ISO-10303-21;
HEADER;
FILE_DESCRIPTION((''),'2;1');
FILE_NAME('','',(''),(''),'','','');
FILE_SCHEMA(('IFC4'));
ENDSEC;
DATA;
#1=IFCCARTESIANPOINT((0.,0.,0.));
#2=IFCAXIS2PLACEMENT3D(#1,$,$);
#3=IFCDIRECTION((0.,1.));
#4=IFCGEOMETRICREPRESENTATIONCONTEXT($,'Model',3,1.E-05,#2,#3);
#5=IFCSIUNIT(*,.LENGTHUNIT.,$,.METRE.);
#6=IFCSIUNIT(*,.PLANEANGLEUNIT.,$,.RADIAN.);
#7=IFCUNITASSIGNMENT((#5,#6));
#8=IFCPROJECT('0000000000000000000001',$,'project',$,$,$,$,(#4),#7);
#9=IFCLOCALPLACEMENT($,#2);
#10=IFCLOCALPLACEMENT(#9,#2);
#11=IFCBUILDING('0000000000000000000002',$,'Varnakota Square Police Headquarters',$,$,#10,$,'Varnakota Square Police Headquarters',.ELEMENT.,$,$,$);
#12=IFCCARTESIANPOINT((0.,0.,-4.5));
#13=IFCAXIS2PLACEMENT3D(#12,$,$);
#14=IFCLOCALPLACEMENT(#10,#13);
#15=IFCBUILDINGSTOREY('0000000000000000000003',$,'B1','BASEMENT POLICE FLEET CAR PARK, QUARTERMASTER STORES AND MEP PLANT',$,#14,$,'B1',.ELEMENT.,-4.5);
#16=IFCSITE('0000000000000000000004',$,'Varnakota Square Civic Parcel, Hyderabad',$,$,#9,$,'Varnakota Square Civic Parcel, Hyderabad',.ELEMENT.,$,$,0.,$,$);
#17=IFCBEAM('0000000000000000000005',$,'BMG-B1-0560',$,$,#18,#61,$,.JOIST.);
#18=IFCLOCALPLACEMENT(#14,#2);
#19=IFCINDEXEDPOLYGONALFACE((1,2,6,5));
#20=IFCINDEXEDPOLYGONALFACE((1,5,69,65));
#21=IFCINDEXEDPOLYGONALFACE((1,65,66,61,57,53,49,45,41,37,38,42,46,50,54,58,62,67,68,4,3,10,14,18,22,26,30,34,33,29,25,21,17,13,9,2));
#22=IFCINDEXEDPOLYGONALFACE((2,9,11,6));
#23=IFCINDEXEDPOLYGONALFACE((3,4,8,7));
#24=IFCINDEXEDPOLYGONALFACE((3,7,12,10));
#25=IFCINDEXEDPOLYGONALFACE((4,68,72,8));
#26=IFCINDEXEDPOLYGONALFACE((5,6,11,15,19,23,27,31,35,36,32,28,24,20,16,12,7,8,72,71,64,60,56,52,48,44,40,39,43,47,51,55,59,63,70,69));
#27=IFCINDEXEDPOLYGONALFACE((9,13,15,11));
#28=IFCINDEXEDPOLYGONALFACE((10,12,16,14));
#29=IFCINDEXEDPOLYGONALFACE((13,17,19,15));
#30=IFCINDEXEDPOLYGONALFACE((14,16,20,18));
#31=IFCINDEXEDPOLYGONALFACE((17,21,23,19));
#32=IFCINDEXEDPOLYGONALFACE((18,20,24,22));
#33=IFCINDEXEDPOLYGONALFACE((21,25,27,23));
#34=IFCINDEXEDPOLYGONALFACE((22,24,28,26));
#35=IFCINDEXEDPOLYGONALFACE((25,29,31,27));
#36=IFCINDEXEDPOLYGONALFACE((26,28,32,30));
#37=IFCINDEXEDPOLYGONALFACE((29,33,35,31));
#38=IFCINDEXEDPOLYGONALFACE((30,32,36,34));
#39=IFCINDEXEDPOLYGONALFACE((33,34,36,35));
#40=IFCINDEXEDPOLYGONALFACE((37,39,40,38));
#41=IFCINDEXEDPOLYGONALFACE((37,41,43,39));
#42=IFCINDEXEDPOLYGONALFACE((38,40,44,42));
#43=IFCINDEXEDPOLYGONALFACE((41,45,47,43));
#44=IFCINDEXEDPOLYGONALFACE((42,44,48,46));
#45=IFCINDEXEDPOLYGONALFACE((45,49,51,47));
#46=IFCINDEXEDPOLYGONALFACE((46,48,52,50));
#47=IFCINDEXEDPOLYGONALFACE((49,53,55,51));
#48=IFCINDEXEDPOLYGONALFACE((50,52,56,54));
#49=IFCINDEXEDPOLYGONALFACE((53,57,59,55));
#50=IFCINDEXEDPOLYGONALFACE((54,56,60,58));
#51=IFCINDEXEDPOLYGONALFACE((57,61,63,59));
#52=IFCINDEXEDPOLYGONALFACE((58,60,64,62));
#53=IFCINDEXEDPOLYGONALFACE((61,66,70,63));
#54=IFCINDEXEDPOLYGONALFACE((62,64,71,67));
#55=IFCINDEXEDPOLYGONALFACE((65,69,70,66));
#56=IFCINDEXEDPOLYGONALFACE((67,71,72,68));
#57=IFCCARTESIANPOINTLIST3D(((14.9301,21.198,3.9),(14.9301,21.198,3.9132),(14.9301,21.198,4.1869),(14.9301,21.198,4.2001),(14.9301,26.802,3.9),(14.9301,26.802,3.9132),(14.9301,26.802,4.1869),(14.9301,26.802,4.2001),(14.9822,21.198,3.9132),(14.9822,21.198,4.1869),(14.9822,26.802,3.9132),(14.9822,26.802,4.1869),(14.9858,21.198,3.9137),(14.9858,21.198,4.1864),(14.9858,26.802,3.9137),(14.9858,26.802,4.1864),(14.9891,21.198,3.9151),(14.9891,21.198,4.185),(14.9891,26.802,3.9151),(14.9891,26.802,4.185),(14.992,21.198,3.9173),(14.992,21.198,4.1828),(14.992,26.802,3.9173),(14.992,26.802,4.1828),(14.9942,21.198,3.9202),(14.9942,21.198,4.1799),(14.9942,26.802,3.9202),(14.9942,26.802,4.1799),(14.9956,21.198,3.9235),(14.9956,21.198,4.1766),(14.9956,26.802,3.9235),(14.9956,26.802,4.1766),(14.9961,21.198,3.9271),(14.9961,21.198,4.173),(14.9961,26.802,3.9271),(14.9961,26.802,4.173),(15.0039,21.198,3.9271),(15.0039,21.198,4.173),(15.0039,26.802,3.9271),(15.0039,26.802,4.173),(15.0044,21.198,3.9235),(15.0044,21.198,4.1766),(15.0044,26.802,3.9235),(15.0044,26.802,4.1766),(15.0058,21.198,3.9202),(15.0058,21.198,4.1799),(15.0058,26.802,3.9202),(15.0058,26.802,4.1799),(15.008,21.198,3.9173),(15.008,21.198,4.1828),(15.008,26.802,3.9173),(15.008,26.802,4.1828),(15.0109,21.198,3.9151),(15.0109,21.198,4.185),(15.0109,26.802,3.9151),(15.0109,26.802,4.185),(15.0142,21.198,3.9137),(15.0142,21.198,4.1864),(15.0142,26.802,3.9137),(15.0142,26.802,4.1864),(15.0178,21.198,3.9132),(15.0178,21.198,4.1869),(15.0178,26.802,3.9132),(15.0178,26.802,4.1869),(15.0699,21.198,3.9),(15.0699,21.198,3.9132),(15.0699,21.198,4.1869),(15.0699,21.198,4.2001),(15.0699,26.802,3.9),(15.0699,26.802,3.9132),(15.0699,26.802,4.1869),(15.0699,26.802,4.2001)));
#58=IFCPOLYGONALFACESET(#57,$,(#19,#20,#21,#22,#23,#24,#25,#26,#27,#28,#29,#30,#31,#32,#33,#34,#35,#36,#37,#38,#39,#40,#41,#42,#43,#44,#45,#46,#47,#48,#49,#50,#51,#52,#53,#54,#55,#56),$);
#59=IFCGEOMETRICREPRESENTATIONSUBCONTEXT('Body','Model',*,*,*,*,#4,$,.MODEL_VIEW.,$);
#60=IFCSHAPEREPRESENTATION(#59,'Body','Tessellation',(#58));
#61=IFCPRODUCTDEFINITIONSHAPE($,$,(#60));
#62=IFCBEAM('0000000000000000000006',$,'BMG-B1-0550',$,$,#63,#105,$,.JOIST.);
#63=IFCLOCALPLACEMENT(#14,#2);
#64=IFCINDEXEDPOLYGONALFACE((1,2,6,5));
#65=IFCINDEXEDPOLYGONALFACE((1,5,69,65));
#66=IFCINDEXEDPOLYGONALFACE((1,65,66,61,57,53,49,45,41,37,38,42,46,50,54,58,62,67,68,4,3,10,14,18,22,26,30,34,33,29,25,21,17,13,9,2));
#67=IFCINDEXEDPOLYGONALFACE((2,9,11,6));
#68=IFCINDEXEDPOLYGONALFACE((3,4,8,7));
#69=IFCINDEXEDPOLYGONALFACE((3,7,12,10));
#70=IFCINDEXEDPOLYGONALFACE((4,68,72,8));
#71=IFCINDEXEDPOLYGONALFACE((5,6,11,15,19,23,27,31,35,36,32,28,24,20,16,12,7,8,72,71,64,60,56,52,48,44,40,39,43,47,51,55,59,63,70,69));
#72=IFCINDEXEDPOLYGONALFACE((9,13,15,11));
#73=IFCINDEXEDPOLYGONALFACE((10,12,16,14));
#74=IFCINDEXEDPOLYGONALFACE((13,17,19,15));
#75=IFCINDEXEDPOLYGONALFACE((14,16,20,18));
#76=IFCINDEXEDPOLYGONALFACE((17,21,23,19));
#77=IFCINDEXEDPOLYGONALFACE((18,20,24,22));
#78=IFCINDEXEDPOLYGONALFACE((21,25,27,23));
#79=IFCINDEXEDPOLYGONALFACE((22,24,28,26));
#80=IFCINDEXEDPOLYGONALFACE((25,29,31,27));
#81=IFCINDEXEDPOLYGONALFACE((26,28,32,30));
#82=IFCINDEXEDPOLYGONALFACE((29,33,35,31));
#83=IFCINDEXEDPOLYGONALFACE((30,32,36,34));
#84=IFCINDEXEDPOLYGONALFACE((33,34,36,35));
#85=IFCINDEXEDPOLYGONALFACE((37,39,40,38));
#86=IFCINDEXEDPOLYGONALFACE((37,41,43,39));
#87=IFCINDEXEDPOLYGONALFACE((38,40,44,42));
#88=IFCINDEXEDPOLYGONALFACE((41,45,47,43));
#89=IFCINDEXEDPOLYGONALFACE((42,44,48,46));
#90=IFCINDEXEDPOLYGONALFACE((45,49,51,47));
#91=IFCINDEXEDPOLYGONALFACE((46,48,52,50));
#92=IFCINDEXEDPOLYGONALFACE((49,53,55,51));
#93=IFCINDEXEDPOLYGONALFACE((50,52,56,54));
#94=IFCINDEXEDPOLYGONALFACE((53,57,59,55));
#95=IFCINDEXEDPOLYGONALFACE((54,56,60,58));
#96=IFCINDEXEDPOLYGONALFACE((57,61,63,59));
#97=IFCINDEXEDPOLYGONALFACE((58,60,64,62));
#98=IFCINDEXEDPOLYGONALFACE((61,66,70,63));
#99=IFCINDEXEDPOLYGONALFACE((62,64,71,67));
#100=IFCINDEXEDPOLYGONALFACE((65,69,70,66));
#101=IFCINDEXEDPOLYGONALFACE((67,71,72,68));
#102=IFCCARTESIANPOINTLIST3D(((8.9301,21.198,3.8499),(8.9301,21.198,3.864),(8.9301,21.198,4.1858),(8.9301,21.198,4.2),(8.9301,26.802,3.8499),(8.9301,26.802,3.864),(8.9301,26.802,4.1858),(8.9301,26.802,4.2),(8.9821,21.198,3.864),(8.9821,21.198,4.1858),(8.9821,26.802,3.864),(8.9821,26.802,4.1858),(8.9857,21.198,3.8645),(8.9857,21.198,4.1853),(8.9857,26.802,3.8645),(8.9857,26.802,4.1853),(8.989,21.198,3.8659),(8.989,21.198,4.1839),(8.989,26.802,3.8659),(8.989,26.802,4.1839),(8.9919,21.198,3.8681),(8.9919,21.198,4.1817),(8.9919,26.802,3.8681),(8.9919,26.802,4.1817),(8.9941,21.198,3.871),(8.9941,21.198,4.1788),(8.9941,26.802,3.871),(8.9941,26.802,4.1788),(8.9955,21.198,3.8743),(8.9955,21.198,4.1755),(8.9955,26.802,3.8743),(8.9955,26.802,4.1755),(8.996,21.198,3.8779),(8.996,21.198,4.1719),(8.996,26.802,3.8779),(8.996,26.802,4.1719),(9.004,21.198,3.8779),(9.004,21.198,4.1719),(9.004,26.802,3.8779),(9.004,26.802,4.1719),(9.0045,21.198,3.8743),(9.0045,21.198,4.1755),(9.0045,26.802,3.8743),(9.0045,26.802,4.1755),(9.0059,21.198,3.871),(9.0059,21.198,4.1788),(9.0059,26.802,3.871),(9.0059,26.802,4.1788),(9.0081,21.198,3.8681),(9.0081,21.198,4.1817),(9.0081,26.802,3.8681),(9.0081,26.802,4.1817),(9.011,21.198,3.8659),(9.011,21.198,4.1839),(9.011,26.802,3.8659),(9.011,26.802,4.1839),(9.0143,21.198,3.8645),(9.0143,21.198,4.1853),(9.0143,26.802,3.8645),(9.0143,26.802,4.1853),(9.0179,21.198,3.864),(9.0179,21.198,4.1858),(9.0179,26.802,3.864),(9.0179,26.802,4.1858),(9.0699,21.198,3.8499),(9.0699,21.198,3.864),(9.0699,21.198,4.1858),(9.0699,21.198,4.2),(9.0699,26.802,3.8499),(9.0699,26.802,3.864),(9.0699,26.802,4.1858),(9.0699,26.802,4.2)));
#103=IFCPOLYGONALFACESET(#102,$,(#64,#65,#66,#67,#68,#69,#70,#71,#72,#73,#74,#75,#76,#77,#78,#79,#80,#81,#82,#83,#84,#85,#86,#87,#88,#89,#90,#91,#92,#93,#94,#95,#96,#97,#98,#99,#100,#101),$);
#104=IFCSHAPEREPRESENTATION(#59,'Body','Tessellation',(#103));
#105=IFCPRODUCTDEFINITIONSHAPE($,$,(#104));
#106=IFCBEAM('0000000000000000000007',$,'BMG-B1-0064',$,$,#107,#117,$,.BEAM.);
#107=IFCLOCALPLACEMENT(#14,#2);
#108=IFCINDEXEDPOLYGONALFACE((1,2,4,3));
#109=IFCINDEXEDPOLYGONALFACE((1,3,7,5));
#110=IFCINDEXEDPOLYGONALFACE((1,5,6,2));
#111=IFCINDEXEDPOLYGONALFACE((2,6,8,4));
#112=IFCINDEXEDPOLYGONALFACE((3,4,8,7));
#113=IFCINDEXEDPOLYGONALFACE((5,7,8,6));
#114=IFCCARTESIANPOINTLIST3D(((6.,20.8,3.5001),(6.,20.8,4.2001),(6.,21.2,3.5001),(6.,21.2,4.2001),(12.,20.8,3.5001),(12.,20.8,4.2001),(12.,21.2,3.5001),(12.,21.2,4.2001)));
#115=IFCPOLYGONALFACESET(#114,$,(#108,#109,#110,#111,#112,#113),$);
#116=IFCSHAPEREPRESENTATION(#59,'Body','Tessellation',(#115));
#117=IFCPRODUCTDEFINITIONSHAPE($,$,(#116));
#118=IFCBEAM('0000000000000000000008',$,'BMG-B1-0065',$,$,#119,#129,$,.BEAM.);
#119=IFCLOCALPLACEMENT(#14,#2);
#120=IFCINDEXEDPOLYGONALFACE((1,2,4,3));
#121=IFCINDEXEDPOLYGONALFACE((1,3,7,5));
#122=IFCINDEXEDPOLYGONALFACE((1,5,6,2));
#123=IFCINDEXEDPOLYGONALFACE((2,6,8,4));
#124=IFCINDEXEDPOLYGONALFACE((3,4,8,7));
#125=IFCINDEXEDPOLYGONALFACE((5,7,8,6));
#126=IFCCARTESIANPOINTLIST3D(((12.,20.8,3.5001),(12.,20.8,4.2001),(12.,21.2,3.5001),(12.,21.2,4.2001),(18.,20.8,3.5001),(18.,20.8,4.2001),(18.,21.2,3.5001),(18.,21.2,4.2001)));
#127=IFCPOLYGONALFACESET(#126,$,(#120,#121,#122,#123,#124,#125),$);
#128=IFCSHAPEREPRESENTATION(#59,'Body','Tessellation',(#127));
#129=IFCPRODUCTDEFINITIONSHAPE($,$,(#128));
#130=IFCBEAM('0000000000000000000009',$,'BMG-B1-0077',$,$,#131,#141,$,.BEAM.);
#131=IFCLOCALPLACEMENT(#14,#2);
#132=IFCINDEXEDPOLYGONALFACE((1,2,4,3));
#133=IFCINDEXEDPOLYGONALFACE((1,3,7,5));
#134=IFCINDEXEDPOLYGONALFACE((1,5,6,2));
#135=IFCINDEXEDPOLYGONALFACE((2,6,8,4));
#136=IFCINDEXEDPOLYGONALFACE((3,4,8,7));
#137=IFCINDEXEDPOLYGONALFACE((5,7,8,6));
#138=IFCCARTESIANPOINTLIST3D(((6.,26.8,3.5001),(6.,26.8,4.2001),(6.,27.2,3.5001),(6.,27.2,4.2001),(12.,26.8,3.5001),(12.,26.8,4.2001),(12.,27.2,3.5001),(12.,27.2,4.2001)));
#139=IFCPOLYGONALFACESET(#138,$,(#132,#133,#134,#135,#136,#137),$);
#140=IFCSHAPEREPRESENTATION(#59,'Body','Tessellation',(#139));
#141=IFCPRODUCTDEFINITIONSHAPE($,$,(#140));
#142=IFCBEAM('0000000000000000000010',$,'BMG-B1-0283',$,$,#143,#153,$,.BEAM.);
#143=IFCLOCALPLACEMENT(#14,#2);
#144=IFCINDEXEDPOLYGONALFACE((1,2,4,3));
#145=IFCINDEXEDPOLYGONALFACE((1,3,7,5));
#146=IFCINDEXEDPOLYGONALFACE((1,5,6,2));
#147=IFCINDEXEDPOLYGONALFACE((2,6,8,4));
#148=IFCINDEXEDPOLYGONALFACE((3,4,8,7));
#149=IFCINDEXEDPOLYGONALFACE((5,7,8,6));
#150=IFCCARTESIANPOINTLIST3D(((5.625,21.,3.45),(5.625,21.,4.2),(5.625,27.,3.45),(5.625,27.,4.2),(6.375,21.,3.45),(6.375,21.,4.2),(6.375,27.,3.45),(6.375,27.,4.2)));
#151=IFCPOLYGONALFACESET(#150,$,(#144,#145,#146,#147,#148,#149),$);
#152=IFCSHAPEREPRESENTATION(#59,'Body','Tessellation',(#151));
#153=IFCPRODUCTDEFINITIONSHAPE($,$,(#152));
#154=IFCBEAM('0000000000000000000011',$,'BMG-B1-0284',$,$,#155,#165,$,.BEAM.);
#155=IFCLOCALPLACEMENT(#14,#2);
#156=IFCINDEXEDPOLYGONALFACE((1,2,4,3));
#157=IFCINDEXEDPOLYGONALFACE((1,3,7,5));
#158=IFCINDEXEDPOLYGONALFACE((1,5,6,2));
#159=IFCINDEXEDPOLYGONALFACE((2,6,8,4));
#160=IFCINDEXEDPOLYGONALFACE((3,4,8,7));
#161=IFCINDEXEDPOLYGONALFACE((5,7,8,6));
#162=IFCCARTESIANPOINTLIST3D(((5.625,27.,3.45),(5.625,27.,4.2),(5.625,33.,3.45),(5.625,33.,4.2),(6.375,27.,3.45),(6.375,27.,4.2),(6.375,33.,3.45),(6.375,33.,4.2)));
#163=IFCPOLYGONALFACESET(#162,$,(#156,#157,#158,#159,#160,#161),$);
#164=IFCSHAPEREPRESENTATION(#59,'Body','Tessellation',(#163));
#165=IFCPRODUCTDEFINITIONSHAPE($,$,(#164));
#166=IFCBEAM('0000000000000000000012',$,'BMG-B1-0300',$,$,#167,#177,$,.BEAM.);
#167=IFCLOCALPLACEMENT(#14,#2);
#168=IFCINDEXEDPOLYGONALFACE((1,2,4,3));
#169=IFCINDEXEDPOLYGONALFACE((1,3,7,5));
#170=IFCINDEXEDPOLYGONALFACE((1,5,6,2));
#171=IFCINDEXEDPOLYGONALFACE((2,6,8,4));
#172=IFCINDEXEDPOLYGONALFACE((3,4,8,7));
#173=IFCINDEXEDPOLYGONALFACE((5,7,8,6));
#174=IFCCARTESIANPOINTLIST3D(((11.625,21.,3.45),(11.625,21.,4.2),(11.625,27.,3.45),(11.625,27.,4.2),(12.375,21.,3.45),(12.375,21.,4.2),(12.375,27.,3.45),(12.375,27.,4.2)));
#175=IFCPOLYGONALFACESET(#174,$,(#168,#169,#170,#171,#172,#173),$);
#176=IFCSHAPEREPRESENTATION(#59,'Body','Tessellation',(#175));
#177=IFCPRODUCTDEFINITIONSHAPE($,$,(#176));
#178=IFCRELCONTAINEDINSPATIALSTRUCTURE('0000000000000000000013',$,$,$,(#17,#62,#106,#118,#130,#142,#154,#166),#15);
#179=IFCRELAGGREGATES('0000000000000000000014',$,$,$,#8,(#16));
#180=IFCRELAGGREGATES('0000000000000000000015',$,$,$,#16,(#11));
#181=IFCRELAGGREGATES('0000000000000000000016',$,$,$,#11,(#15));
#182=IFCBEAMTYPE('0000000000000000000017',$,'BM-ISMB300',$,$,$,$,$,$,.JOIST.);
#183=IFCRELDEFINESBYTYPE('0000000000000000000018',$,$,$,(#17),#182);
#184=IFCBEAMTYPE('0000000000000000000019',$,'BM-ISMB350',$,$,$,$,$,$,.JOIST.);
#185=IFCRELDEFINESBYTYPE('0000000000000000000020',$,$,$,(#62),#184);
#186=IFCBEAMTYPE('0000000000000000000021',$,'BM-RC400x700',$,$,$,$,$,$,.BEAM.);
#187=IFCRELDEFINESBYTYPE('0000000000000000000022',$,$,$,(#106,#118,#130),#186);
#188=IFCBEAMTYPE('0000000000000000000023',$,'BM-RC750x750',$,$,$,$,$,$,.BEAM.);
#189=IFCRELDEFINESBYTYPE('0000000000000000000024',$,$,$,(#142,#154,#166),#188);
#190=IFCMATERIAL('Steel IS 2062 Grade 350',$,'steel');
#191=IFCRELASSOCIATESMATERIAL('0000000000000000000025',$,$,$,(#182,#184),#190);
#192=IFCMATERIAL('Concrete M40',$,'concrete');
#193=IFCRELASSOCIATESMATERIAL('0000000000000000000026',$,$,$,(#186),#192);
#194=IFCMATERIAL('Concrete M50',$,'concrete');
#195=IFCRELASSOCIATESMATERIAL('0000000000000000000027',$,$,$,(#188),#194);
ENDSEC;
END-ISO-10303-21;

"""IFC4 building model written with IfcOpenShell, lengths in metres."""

from ifc_helpers import new_model, si_unit, direction, frame, origin, origin_2d, place, context, subcontext, project, spatial, rectangle, i_section, extrude, material, material_profile, profile_set, type_object, element, save


model = new_model("IFC4")

# Units and contexts
model_context = context("Model", 3, precision=1e-05, world=origin(), true_north=direction((0.0, 1.0)))
body_context = subcontext(model_context, "Body", "Model", "MODEL_VIEW")
ifc_project = project(units=[si_unit("LENGTHUNIT", "METRE"), si_unit("PLANEANGLEUNIT", "RADIAN")], contexts=[model_context])

# Site, building, storey
site_placement = place(None, origin())
site = spatial("IfcSite", under=ifc_project, at=site_placement, Name="Varnakota Square Civic Parcel, Hyderabad", LongName="Varnakota Square Civic Parcel, Hyderabad", CompositionType="ELEMENT", RefElevation=0.0)
building_placement = place(site_placement, origin())
building = spatial("IfcBuilding", under=site, at=building_placement, Name="Varnakota Square Police Headquarters", LongName="Varnakota Square Police Headquarters", CompositionType="ELEMENT")
storey_placement = place(building_placement, frame((0.0, 0.0, -4.5)))
storey = spatial("IfcBuildingStorey", under=building, at=storey_placement, Name="B1", Description="BASEMENT POLICE FLEET CAR PARK, QUARTERMASTER STORES AND MEP PLANT", LongName="B1", CompositionType="ELEMENT", Elevation=-4.5)

# Shared definitions
ifc_material_1 = material(Name="Concrete M50", Category="concrete")

# Beams
ifc_material_2 = material(Name="Steel IS 2062 Grade 350", Category="steel")
ifc_material_profile_1 = material_profile(ifc_material_2, i_section(OverallWidth=0.1399, OverallDepth=0.3, WebThickness=0.0078, FlangeThickness=0.0132, FilletRadius=0.0139, at=origin_2d()), Name="ISMB 300")
ifc_profile_set_1 = profile_set([ifc_material_profile_1], Name="Steel IS 2062 Grade 350")
beam_type_1 = type_object("IfcBeamType", Name="BM-ISMB300", PredefinedType="JOIST", material=ifc_profile_set_1)
beam_1_placement = place(storey_placement, frame((15.0, 21.198, 4.05), z_axis=(0.0, 1.0, 0.0), x_axis=(-1.0, 0.0, 0.0)))
element("IfcBeam", 1, at=beam_1_placement, inside=storey, type_object=beam_type_1, Name="BMG-B1-0560", PredefinedType="JOIST", context=body_context, shape_type="SweptSolid", body=[
    extrude(i_section(OverallWidth=0.1399, OverallDepth=0.3, WebThickness=0.0078, FlangeThickness=0.0132, FilletRadius=0.0139, at=origin_2d()), origin(), (0.0, 0.0, 1.0), 5.604),
])
ifc_material_profile_2 = material_profile(ifc_material_2, i_section(OverallWidth=0.1399, OverallDepth=0.3501, WebThickness=0.0081, FlangeThickness=0.0142, FilletRadius=0.0139, at=origin_2d()), Name="ISMB 350")
ifc_profile_set_2 = profile_set([ifc_material_profile_2], Name="Steel IS 2062 Grade 350")
beam_type_2 = type_object("IfcBeamType", Name="BM-ISMB350", PredefinedType="JOIST", material=ifc_profile_set_2)
beam_2_placement = place(storey_placement, frame((9.0, 21.198, 4.0249), z_axis=(0.0, 1.0, 0.0), x_axis=(-1.0, 0.0, 0.0)))
element("IfcBeam", 2, at=beam_2_placement, inside=storey, type_object=beam_type_2, Name="BMG-B1-0550", PredefinedType="JOIST", context=body_context, shape_type="SweptSolid", body=[
    extrude(i_section(OverallWidth=0.1399, OverallDepth=0.3501, WebThickness=0.0081, FlangeThickness=0.0142, FilletRadius=0.0139, at=origin_2d()), origin(), (0.0, 0.0, 1.0), 5.604),
])
ifc_material_3 = material(Name="Concrete M40", Category="concrete")
ifc_material_profile_3 = material_profile(ifc_material_3, rectangle(XDim=0.3999, YDim=0.7, at=origin_2d()), Name="RC 400x700")
ifc_profile_set_3 = profile_set([ifc_material_profile_3], Name="Concrete M40")
beam_type_3 = type_object("IfcBeamType", Name="BM-RC400x700", PredefinedType="BEAM", material=ifc_profile_set_3)
for number, where, z_axis, x_axis, name in (
    (3, (6.0, 21.0, 3.8501), (1.0, 0.0, 0.0), (0.0, 1.0, 0.0), "BMG-B1-0064"),
    (4, (12.0, 21.0, 3.8501), (1.0, 0.0, 0.0), (0.0, 1.0, 0.0), "BMG-B1-0065"),
    (5, (6.0, 27.0, 3.8501), (1.0, 0.0, 0.0), (0.0, 1.0, 0.0), "BMG-B1-0077"),
):
    element("IfcBeam", number, at=place(storey_placement, frame(where, z_axis=z_axis, x_axis=x_axis)), inside=storey, type_object=beam_type_3, Name=name, PredefinedType="BEAM", context=body_context, shape_type="SweptSolid", body=[
        extrude(rectangle(XDim=0.3999, YDim=0.7, at=origin_2d()), origin(), (0.0, 0.0, 1.0), 6.0),
    ])
ifc_material_profile_4 = material_profile(ifc_material_1, rectangle(XDim=0.75, YDim=0.75, at=origin_2d()), Name="RC 750x750")
ifc_profile_set_4 = profile_set([ifc_material_profile_4], Name="Concrete M50")
beam_type_4 = type_object("IfcBeamType", Name="BM-RC750x750", PredefinedType="BEAM", material=ifc_profile_set_4)
for number, where, z_axis, x_axis, name in (
    (6, (6.0, 21.0, 3.825), (0.0, 1.0, 0.0), (-1.0, 0.0, 0.0), "BMG-B1-0283"),
    (7, (6.0, 27.0, 3.825), (0.0, 1.0, 0.0), (-1.0, 0.0, 0.0), "BMG-B1-0284"),
    (8, (12.0, 21.0, 3.825), (0.0, 1.0, 0.0), (-1.0, 0.0, 0.0), "BMG-B1-0300"),
):
    element("IfcBeam", number, at=place(storey_placement, frame(where, z_axis=z_axis, x_axis=x_axis)), inside=storey, type_object=beam_type_4, Name=name, PredefinedType="BEAM", context=body_context, shape_type="SweptSolid", body=[
        extrude(rectangle(XDim=0.75, YDim=0.75, at=origin_2d()), origin(), (0.0, 0.0, 1.0), 6.0),
    ])

save(model, "model.ifc")
